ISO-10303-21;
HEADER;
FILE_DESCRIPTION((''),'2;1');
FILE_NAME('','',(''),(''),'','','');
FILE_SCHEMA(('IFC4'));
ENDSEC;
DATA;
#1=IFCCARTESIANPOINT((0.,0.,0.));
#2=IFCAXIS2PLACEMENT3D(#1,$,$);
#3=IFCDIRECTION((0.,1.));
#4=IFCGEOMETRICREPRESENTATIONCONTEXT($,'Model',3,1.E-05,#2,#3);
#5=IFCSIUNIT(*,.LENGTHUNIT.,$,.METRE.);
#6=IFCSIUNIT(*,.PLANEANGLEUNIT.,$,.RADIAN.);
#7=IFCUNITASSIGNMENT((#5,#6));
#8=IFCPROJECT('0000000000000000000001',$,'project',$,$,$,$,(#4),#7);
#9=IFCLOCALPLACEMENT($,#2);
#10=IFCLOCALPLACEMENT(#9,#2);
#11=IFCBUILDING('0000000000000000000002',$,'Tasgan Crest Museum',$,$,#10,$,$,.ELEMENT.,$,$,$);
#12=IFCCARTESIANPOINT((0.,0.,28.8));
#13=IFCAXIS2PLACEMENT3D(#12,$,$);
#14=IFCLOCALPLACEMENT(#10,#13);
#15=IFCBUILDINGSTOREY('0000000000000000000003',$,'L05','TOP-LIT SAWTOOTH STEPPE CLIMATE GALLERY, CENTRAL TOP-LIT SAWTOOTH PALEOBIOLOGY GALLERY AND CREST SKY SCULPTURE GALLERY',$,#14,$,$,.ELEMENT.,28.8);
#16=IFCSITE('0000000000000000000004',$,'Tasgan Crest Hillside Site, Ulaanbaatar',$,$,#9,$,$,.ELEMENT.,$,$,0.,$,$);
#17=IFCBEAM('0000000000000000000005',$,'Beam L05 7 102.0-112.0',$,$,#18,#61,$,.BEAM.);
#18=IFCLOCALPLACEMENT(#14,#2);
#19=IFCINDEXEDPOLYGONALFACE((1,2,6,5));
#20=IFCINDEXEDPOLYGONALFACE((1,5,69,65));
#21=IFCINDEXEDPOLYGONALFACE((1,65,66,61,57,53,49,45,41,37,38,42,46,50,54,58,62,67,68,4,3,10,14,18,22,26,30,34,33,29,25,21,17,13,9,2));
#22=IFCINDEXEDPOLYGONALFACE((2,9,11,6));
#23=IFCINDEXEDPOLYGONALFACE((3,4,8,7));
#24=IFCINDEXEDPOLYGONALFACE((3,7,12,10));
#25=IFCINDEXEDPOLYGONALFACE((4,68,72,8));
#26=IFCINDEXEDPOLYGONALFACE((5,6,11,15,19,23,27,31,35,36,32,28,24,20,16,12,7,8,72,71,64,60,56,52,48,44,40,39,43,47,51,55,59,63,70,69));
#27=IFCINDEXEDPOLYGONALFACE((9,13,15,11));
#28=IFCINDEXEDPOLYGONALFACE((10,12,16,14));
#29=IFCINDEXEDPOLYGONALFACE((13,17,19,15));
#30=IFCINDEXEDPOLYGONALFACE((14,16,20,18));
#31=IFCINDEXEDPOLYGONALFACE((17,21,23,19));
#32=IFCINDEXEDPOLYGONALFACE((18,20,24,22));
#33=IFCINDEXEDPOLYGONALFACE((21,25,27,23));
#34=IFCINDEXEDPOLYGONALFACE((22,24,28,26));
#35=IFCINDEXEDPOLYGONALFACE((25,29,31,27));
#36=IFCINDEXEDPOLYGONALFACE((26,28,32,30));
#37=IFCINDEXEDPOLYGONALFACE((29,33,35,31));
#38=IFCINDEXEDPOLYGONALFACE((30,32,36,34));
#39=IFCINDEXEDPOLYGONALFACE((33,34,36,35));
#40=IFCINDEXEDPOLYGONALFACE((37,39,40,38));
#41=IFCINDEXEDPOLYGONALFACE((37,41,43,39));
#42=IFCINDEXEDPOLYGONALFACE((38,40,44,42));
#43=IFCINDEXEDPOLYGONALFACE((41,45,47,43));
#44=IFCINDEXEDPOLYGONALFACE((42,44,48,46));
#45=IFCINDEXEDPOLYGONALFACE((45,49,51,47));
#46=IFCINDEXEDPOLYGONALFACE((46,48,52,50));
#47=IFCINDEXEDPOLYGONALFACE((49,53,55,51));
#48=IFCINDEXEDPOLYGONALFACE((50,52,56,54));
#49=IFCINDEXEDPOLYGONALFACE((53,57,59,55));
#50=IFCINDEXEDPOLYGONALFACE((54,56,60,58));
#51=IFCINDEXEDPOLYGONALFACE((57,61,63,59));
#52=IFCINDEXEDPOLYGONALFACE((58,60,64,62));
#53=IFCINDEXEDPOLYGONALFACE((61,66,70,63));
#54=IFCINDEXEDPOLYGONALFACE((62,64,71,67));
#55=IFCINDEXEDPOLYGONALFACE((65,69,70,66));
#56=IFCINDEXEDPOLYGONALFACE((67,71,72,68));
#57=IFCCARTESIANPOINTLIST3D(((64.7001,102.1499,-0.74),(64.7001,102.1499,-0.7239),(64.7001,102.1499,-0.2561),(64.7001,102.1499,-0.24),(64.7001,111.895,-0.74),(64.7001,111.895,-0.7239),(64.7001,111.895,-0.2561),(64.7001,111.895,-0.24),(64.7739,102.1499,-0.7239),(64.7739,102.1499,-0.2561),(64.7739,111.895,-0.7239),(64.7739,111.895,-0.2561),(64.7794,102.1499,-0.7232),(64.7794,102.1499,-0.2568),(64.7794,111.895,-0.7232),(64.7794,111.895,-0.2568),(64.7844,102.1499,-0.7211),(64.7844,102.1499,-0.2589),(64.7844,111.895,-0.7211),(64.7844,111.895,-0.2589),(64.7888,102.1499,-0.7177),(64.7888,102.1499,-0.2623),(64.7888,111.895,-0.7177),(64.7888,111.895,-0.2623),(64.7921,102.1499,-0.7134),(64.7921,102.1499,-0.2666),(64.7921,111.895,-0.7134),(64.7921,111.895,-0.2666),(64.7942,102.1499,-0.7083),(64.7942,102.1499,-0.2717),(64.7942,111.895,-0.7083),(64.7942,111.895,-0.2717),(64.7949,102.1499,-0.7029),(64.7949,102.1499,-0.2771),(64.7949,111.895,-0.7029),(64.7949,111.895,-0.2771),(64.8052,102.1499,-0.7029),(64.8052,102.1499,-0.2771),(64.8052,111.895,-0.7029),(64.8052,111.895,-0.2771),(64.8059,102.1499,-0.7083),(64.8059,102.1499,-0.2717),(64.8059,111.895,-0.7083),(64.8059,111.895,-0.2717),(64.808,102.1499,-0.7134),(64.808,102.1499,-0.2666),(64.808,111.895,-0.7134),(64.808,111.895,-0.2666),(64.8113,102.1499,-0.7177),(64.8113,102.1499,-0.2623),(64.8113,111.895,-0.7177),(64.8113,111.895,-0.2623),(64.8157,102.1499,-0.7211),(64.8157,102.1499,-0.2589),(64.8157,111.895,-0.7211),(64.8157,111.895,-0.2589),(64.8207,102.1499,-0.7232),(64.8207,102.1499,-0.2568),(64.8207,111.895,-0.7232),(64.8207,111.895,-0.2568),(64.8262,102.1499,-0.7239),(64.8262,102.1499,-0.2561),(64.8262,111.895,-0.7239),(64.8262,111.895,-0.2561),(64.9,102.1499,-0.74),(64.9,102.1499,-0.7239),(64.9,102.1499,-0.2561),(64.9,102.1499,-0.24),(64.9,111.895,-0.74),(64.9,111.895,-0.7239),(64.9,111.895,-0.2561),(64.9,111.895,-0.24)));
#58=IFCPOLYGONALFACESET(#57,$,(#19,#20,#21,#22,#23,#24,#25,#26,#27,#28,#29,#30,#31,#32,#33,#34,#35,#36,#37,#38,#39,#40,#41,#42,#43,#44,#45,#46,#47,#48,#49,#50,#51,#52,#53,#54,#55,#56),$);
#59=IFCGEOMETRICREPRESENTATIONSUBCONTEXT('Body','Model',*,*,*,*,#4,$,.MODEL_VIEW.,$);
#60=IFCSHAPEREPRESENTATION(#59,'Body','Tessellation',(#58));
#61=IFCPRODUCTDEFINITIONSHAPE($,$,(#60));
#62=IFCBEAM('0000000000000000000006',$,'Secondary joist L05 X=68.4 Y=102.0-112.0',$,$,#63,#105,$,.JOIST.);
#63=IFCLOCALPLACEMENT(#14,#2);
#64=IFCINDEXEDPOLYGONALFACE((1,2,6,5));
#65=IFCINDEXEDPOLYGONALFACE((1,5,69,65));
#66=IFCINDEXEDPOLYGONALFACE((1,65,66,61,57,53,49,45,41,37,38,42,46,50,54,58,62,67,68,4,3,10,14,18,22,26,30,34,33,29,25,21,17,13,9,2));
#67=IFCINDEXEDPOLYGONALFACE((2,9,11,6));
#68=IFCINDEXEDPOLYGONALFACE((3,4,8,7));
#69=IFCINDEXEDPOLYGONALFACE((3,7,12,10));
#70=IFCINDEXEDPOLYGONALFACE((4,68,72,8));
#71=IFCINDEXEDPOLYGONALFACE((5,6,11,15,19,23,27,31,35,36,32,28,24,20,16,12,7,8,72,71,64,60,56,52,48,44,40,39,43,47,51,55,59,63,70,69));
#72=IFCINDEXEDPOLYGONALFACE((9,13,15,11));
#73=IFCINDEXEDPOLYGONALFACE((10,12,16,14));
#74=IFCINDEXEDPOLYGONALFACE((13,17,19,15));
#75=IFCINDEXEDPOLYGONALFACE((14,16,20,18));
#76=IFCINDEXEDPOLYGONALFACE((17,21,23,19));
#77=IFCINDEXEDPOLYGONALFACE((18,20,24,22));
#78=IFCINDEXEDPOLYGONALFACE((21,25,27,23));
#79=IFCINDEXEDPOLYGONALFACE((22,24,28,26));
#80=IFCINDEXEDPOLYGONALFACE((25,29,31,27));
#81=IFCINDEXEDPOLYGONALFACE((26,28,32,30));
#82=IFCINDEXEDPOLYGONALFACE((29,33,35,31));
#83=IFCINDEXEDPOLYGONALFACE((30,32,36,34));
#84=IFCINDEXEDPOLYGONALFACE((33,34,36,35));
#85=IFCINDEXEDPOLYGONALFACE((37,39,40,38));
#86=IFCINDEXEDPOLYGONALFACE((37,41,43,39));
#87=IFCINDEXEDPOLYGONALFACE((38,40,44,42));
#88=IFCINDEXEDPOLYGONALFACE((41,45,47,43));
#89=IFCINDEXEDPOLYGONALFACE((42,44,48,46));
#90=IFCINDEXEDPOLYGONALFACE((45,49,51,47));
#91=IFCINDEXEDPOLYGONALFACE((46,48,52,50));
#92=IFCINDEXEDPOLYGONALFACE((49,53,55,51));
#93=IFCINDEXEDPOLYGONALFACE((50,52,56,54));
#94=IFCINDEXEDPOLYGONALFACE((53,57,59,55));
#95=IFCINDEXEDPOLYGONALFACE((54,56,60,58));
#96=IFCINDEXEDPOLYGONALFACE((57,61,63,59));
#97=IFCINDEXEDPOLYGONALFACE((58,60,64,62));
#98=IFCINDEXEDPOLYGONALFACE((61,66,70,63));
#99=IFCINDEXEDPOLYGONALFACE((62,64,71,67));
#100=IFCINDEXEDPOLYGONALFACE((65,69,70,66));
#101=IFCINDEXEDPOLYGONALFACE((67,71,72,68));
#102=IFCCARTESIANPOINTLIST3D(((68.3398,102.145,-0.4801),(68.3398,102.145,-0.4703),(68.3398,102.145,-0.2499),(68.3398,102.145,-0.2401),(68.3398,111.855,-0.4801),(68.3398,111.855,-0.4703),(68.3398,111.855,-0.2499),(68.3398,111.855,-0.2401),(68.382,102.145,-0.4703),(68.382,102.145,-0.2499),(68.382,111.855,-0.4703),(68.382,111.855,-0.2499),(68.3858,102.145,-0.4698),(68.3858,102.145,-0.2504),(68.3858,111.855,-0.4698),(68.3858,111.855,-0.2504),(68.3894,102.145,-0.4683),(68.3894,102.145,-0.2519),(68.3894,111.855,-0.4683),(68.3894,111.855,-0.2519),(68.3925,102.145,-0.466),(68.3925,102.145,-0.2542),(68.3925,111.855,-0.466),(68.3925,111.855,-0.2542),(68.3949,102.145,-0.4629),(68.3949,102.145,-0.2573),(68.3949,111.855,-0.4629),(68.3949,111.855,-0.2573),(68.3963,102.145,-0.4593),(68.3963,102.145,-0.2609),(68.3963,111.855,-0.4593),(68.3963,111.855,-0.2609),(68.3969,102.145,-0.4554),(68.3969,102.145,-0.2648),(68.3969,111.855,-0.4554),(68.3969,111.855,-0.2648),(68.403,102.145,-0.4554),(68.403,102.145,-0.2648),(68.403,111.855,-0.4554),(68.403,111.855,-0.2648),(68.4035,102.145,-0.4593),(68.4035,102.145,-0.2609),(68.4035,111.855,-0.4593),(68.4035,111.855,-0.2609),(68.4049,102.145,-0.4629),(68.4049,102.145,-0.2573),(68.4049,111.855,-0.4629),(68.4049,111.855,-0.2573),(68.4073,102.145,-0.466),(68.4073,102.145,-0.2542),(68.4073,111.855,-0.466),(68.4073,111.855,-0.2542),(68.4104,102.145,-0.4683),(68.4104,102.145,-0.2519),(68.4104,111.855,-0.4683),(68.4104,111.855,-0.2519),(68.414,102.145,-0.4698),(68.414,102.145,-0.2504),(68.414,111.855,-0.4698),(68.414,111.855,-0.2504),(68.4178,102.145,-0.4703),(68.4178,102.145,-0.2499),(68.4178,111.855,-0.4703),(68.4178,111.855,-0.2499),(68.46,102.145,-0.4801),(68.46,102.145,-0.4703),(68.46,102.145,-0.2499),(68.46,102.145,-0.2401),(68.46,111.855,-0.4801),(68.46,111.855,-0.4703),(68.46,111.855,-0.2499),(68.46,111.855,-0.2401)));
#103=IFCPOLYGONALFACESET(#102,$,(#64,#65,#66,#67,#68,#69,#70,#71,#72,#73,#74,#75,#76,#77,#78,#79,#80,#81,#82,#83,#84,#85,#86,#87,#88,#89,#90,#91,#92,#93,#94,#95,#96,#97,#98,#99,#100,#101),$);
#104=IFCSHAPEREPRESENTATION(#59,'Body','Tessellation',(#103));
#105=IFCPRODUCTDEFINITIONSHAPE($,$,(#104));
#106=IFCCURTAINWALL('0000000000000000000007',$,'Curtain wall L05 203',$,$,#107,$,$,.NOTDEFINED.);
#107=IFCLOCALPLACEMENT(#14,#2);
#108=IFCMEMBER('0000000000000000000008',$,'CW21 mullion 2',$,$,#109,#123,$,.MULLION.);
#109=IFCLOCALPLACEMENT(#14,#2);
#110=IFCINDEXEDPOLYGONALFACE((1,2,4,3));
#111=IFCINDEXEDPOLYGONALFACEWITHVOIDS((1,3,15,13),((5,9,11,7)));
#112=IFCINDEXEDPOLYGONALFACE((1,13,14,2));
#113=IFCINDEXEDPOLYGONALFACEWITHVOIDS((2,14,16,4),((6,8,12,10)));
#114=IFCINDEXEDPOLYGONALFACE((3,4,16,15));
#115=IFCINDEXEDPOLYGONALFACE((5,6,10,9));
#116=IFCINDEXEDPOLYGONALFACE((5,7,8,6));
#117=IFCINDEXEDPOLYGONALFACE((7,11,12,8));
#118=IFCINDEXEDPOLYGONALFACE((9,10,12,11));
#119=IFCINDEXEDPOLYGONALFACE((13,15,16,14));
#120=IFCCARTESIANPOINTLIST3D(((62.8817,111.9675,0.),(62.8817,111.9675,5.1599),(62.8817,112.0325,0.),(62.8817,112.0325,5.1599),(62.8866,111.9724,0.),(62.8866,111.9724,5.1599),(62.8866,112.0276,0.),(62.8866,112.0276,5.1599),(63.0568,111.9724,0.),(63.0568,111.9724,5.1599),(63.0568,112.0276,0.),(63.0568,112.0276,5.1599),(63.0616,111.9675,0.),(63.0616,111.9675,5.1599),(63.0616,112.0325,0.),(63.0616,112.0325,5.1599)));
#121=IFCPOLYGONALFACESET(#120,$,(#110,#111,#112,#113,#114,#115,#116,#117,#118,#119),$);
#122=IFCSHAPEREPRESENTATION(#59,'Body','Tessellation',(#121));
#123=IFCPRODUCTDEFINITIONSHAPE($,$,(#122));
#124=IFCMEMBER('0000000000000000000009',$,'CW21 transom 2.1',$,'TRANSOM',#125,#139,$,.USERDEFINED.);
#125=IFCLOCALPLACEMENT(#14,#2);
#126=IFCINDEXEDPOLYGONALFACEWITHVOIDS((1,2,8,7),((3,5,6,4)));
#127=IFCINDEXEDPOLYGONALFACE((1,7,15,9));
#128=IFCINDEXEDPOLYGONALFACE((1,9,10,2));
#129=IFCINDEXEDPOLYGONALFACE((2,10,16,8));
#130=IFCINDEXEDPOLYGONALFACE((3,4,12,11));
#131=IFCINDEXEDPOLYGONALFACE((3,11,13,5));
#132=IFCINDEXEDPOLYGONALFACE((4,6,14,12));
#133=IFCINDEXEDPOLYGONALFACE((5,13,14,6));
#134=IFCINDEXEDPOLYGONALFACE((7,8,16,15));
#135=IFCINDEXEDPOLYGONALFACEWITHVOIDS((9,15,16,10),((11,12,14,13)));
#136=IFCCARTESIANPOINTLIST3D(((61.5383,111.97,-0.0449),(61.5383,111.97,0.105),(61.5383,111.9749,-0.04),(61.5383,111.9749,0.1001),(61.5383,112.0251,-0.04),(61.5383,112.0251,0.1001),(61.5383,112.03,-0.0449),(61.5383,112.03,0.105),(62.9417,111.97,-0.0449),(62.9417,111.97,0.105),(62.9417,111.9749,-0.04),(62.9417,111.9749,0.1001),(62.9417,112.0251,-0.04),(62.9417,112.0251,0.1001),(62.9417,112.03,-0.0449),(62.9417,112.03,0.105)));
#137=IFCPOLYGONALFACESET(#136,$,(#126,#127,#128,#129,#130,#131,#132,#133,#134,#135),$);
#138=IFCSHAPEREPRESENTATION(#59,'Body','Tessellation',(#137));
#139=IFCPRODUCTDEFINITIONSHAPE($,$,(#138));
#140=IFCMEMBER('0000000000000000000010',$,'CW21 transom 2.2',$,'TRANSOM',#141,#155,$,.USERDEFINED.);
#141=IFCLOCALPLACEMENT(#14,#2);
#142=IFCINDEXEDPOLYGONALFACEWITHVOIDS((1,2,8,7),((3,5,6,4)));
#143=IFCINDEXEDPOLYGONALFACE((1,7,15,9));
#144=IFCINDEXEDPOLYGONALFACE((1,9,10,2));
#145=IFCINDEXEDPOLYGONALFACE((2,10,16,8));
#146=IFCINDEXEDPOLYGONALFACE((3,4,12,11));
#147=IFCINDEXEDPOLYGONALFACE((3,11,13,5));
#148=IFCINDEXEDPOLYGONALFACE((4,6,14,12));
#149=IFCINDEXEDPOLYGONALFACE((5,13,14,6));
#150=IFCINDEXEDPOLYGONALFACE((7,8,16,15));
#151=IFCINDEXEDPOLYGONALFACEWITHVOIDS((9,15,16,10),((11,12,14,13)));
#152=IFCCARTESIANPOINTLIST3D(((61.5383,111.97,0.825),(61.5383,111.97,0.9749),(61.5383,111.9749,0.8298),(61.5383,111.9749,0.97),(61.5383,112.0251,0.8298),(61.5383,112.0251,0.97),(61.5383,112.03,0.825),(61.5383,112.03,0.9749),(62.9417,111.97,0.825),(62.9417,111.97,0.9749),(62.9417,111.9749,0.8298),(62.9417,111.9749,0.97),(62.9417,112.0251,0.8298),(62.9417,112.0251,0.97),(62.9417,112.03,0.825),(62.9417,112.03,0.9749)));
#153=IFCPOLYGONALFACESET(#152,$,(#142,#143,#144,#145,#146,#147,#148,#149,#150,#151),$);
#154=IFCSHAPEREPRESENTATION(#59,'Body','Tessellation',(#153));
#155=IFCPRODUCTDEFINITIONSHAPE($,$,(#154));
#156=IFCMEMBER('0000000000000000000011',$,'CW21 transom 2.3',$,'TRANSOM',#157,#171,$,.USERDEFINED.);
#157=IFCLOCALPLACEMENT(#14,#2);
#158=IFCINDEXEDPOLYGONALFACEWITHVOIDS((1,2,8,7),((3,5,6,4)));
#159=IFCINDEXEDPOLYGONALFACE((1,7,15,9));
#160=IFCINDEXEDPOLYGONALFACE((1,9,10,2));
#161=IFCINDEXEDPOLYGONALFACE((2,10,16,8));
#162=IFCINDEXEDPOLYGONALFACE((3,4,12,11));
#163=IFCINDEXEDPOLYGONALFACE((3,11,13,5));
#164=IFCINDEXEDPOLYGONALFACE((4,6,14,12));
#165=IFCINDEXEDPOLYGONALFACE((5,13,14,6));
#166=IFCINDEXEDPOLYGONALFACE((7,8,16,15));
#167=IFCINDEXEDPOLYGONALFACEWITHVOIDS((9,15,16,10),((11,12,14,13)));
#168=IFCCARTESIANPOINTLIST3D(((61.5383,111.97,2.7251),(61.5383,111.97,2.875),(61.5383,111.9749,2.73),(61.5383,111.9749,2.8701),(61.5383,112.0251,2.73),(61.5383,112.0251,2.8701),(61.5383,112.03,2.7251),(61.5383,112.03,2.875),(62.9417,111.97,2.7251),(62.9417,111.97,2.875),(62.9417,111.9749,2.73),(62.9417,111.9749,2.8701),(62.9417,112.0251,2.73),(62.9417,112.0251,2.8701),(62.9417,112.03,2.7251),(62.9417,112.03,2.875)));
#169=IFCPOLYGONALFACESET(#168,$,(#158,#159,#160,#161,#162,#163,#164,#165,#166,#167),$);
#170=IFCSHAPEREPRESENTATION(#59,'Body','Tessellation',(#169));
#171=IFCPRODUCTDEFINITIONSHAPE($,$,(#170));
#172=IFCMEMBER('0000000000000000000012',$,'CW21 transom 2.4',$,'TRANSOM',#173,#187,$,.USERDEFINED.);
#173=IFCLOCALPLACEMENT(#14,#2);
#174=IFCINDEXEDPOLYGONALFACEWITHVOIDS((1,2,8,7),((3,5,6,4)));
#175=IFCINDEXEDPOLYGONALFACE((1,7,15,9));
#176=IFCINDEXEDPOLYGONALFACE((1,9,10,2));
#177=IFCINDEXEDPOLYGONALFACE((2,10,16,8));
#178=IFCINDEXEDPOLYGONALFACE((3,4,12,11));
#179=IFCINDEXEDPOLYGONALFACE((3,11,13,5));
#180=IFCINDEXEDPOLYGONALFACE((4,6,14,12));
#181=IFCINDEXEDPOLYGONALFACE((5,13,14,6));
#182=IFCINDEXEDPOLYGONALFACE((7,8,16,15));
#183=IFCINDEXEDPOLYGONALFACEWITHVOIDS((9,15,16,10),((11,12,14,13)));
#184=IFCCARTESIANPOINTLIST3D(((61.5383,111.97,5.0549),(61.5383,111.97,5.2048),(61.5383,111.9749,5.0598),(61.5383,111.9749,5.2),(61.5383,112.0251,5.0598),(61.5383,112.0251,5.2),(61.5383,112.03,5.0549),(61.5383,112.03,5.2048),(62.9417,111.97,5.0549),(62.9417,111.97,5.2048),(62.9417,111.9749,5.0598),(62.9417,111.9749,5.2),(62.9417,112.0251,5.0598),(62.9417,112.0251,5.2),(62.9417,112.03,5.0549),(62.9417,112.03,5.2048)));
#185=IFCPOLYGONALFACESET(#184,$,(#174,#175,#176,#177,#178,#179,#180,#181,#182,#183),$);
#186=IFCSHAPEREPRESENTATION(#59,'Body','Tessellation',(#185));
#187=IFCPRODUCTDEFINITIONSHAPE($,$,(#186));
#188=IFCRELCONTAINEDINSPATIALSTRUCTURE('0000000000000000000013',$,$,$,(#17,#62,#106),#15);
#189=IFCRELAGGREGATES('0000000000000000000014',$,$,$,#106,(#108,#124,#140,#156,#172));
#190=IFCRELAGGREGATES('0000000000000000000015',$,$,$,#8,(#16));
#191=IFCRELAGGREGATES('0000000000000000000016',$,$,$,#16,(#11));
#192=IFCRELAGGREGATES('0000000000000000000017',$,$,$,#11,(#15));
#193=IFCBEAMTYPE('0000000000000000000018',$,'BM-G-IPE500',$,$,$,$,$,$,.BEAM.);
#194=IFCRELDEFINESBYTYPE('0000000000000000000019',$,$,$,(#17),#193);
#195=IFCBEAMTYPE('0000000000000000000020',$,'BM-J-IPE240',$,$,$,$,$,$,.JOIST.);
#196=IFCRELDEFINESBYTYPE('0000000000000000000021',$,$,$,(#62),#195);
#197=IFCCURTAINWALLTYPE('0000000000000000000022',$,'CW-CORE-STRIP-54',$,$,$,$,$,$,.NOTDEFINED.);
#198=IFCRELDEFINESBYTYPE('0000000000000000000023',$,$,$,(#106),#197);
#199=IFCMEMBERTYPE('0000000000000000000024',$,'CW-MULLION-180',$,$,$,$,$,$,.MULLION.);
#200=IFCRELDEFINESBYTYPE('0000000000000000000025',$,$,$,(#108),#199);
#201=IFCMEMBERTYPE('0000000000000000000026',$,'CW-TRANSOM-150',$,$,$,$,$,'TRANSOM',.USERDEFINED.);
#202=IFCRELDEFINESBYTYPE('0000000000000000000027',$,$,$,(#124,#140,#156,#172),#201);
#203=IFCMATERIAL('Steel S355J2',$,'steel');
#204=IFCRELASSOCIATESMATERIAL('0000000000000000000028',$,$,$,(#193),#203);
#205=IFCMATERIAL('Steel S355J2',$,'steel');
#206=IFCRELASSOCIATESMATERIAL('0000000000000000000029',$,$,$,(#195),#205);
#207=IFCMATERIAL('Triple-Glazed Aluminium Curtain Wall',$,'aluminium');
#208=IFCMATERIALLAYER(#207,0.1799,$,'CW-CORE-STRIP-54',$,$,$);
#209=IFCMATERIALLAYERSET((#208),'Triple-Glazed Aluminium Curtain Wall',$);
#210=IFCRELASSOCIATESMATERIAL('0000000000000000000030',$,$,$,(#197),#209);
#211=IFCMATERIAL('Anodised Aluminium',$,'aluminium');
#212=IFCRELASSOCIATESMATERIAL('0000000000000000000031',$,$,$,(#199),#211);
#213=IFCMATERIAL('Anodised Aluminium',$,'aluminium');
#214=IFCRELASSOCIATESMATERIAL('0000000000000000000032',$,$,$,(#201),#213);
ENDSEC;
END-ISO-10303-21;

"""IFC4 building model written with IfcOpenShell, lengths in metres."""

from ifc_helpers import new_model, si_unit, direction, frame, origin, origin_2d, place, context, subcontext, project, spatial, hollow_rectangle, i_section, extrude, material, layer, layer_set, material_profile, profile_set, type_object, element, aggregate, save


model = new_model("IFC4")

# Units and contexts
model_context = context("Model", 3, precision=1e-05, world=origin(), true_north=direction((0.0, 1.0)))
body_context = subcontext(model_context, "Body", "Model", "MODEL_VIEW")
ifc_project = project(units=[si_unit("LENGTHUNIT", "METRE"), si_unit("PLANEANGLEUNIT", "RADIAN")], contexts=[model_context])

# Site, building, storey
site_placement = place(None, origin())
site = spatial("IfcSite", under=ifc_project, at=site_placement, Name="Tasgan Crest Hillside Site, Ulaanbaatar", CompositionType="ELEMENT", RefElevation=0.0)
building_placement = place(site_placement, origin())
building = spatial("IfcBuilding", under=site, at=building_placement, Name="Tasgan Crest Museum", CompositionType="ELEMENT")
storey_placement = place(building_placement, frame((0.0, 0.0, 28.8)))
storey = spatial("IfcBuildingStorey", under=building, at=storey_placement, Name="L05", Description="TOP-LIT SAWTOOTH STEPPE CLIMATE GALLERY, CENTRAL TOP-LIT SAWTOOTH PALEOBIOLOGY GALLERY AND CREST SKY SCULPTURE GALLERY", CompositionType="ELEMENT", Elevation=28.8)

# Beams
ifc_material_1 = material(Name="Steel S355J2", Category="steel")
ifc_material_profile_1 = material_profile(ifc_material_1, i_section(OverallWidth=0.2, OverallDepth=0.5, WebThickness=0.0103, FlangeThickness=0.0161, FilletRadius=0.021, at=origin_2d()), Name="IPE 500")
ifc_profile_set_1 = profile_set([ifc_material_profile_1], Name="Steel S355J2")
beam_type_1 = type_object("IfcBeamType", Name="BM-G-IPE500", PredefinedType="BEAM", material=ifc_profile_set_1)
beam_1_placement = place(storey_placement, frame((64.8, 102.1499, -0.49), z_axis=(0.0, 1.0, 0.0), x_axis=(-1.0, 0.0, 0.0)))
element("IfcBeam", 1, at=beam_1_placement, inside=storey, type_object=beam_type_1, Name="Beam L05 7 102.0-112.0", PredefinedType="BEAM", context=body_context, shape_type="SweptSolid", body=[
    extrude(i_section(OverallWidth=0.2, OverallDepth=0.5, WebThickness=0.0103, FlangeThickness=0.0161, FilletRadius=0.021, at=origin_2d()), origin(), (0.0, 0.0, 1.0), 9.7451),
])
ifc_material_2 = material(Name="Steel S355J2", Category="steel")
ifc_material_profile_2 = material_profile(ifc_material_2, i_section(OverallWidth=0.1201, OverallDepth=0.24, WebThickness=0.0061, FlangeThickness=0.0098, FilletRadius=0.0149, at=origin_2d()), Name="IPE 240")
ifc_profile_set_2 = profile_set([ifc_material_profile_2], Name="Steel S355J2")
beam_type_2 = type_object("IfcBeamType", Name="BM-J-IPE240", PredefinedType="JOIST", material=ifc_profile_set_2)
beam_2_placement = place(storey_placement, frame((68.3999, 102.145, -0.3601), z_axis=(0.0, 1.0, 0.0), x_axis=(-1.0, 0.0, 0.0)))
element("IfcBeam", 2, at=beam_2_placement, inside=storey, type_object=beam_type_2, Name="Secondary joist L05 X=68.4 Y=102.0-112.0", PredefinedType="JOIST", context=body_context, shape_type="SweptSolid", body=[
    extrude(i_section(OverallWidth=0.1201, OverallDepth=0.24, WebThickness=0.0061, FlangeThickness=0.0098, FilletRadius=0.0149, at=origin_2d()), origin(), (0.0, 0.0, 1.0), 9.71),
])

# Curtain wall, members
ifc_material_3 = material(Name="Triple-Glazed Aluminium Curtain Wall", Category="aluminium")
ifc_layer_1 = layer(ifc_material_3, 0.1799, Name="CW-CORE-STRIP-54")
ifc_layer_set_1 = layer_set([ifc_layer_1], Name="Triple-Glazed Aluminium Curtain Wall")
curtain_wall_type = type_object("IfcCurtainWallType", Name="CW-CORE-STRIP-54", PredefinedType="NOTDEFINED", material=ifc_layer_set_1)
curtain_wall_placement = place(storey_placement, origin())
curtain_wall = element("IfcCurtainWall", 3, at=curtain_wall_placement, inside=storey, type_object=curtain_wall_type, Name="Curtain wall L05 203", PredefinedType="NOTDEFINED")
ifc_material_4 = material(Name="Anodised Aluminium", Category="aluminium")
ifc_material_profile_3 = material_profile(ifc_material_4, hollow_rectangle(XDim=0.0649, YDim=0.1799, WallThickness=0.0049, at=origin_2d()), Name="ALU MULLION 180x65x5")
ifc_profile_set_3 = profile_set([ifc_material_profile_3], Name="Anodised Aluminium")
member_type_1 = type_object("IfcMemberType", Name="CW-MULLION-180", PredefinedType="MULLION", material=ifc_profile_set_3)
member_1_placement = place(storey_placement, frame((62.9717, 112.0, 0.0), z_axis=(0.0, 0.0, 1.0), x_axis=(0.0, -1.0, 0.0)))
member_1 = element("IfcMember", 4, at=member_1_placement, type_object=member_type_1, Name="CW21 mullion 2", PredefinedType="MULLION", context=body_context, shape_type="SweptSolid", body=[
    extrude(hollow_rectangle(XDim=0.0649, YDim=0.1799, WallThickness=0.0049, at=origin_2d()), origin(), (0.0, 0.0, 1.0), 5.1599),
])
ifc_material_5 = material(Name="Anodised Aluminium", Category="aluminium")
ifc_material_profile_4 = material_profile(ifc_material_5, hollow_rectangle(XDim=0.0601, YDim=0.1499, WallThickness=0.0049, at=origin_2d()), Name="ALU TRANSOM 150x60x5")
ifc_profile_set_4 = profile_set([ifc_material_profile_4], Name="Anodised Aluminium")
member_type_2 = type_object("IfcMemberType", Name="CW-TRANSOM-150", ElementType="TRANSOM", PredefinedType="USERDEFINED", material=ifc_profile_set_4)
member_2_placement = place(storey_placement, frame((62.9417, 112.0, 0.03), z_axis=(-1.0, 0.0, 0.0), x_axis=(0.0, -1.0, 0.0)))
member_2 = element("IfcMember", 5, at=member_2_placement, type_object=member_type_2, Name="CW21 transom 2.1", ObjectType="TRANSOM", PredefinedType="USERDEFINED", context=body_context, shape_type="SweptSolid", body=[
    extrude(hollow_rectangle(XDim=0.0601, YDim=0.1499, WallThickness=0.0049, at=origin_2d()), origin(), (0.0, 0.0, 1.0), 1.4033),
])
member_3_placement = place(storey_placement, frame((62.9417, 112.0, 0.8999), z_axis=(-1.0, 0.0, 0.0), x_axis=(0.0, -1.0, 0.0)))
member_3 = element("IfcMember", 6, at=member_3_placement, type_object=member_type_2, Name="CW21 transom 2.2", ObjectType="TRANSOM", PredefinedType="USERDEFINED", context=body_context, shape_type="SweptSolid", body=[
    extrude(hollow_rectangle(XDim=0.0601, YDim=0.1499, WallThickness=0.0049, at=origin_2d()), origin(), (0.0, 0.0, 1.0), 1.4033),
])
member_4_placement = place(storey_placement, frame((62.9417, 112.0, 2.8), z_axis=(-1.0, 0.0, 0.0), x_axis=(0.0, -1.0, 0.0)))
member_4 = element("IfcMember", 7, at=member_4_placement, type_object=member_type_2, Name="CW21 transom 2.3", ObjectType="TRANSOM", PredefinedType="USERDEFINED", context=body_context, shape_type="SweptSolid", body=[
    extrude(hollow_rectangle(XDim=0.0601, YDim=0.1499, WallThickness=0.0049, at=origin_2d()), origin(), (0.0, 0.0, 1.0), 1.4033),
])
member_5_placement = place(storey_placement, frame((62.9417, 112.0, 5.1299), z_axis=(-1.0, 0.0, 0.0), x_axis=(0.0, -1.0, 0.0)))
member_5 = element("IfcMember", 8, at=member_5_placement, type_object=member_type_2, Name="CW21 transom 2.4", ObjectType="TRANSOM", PredefinedType="USERDEFINED", context=body_context, shape_type="SweptSolid", body=[
    extrude(hollow_rectangle(XDim=0.0601, YDim=0.1499, WallThickness=0.0049, at=origin_2d()), origin(), (0.0, 0.0, 1.0), 1.4033),
])

aggregate(curtain_wall, [member_1, member_2, member_3, member_4, member_5])

save(model, "model.ifc")
